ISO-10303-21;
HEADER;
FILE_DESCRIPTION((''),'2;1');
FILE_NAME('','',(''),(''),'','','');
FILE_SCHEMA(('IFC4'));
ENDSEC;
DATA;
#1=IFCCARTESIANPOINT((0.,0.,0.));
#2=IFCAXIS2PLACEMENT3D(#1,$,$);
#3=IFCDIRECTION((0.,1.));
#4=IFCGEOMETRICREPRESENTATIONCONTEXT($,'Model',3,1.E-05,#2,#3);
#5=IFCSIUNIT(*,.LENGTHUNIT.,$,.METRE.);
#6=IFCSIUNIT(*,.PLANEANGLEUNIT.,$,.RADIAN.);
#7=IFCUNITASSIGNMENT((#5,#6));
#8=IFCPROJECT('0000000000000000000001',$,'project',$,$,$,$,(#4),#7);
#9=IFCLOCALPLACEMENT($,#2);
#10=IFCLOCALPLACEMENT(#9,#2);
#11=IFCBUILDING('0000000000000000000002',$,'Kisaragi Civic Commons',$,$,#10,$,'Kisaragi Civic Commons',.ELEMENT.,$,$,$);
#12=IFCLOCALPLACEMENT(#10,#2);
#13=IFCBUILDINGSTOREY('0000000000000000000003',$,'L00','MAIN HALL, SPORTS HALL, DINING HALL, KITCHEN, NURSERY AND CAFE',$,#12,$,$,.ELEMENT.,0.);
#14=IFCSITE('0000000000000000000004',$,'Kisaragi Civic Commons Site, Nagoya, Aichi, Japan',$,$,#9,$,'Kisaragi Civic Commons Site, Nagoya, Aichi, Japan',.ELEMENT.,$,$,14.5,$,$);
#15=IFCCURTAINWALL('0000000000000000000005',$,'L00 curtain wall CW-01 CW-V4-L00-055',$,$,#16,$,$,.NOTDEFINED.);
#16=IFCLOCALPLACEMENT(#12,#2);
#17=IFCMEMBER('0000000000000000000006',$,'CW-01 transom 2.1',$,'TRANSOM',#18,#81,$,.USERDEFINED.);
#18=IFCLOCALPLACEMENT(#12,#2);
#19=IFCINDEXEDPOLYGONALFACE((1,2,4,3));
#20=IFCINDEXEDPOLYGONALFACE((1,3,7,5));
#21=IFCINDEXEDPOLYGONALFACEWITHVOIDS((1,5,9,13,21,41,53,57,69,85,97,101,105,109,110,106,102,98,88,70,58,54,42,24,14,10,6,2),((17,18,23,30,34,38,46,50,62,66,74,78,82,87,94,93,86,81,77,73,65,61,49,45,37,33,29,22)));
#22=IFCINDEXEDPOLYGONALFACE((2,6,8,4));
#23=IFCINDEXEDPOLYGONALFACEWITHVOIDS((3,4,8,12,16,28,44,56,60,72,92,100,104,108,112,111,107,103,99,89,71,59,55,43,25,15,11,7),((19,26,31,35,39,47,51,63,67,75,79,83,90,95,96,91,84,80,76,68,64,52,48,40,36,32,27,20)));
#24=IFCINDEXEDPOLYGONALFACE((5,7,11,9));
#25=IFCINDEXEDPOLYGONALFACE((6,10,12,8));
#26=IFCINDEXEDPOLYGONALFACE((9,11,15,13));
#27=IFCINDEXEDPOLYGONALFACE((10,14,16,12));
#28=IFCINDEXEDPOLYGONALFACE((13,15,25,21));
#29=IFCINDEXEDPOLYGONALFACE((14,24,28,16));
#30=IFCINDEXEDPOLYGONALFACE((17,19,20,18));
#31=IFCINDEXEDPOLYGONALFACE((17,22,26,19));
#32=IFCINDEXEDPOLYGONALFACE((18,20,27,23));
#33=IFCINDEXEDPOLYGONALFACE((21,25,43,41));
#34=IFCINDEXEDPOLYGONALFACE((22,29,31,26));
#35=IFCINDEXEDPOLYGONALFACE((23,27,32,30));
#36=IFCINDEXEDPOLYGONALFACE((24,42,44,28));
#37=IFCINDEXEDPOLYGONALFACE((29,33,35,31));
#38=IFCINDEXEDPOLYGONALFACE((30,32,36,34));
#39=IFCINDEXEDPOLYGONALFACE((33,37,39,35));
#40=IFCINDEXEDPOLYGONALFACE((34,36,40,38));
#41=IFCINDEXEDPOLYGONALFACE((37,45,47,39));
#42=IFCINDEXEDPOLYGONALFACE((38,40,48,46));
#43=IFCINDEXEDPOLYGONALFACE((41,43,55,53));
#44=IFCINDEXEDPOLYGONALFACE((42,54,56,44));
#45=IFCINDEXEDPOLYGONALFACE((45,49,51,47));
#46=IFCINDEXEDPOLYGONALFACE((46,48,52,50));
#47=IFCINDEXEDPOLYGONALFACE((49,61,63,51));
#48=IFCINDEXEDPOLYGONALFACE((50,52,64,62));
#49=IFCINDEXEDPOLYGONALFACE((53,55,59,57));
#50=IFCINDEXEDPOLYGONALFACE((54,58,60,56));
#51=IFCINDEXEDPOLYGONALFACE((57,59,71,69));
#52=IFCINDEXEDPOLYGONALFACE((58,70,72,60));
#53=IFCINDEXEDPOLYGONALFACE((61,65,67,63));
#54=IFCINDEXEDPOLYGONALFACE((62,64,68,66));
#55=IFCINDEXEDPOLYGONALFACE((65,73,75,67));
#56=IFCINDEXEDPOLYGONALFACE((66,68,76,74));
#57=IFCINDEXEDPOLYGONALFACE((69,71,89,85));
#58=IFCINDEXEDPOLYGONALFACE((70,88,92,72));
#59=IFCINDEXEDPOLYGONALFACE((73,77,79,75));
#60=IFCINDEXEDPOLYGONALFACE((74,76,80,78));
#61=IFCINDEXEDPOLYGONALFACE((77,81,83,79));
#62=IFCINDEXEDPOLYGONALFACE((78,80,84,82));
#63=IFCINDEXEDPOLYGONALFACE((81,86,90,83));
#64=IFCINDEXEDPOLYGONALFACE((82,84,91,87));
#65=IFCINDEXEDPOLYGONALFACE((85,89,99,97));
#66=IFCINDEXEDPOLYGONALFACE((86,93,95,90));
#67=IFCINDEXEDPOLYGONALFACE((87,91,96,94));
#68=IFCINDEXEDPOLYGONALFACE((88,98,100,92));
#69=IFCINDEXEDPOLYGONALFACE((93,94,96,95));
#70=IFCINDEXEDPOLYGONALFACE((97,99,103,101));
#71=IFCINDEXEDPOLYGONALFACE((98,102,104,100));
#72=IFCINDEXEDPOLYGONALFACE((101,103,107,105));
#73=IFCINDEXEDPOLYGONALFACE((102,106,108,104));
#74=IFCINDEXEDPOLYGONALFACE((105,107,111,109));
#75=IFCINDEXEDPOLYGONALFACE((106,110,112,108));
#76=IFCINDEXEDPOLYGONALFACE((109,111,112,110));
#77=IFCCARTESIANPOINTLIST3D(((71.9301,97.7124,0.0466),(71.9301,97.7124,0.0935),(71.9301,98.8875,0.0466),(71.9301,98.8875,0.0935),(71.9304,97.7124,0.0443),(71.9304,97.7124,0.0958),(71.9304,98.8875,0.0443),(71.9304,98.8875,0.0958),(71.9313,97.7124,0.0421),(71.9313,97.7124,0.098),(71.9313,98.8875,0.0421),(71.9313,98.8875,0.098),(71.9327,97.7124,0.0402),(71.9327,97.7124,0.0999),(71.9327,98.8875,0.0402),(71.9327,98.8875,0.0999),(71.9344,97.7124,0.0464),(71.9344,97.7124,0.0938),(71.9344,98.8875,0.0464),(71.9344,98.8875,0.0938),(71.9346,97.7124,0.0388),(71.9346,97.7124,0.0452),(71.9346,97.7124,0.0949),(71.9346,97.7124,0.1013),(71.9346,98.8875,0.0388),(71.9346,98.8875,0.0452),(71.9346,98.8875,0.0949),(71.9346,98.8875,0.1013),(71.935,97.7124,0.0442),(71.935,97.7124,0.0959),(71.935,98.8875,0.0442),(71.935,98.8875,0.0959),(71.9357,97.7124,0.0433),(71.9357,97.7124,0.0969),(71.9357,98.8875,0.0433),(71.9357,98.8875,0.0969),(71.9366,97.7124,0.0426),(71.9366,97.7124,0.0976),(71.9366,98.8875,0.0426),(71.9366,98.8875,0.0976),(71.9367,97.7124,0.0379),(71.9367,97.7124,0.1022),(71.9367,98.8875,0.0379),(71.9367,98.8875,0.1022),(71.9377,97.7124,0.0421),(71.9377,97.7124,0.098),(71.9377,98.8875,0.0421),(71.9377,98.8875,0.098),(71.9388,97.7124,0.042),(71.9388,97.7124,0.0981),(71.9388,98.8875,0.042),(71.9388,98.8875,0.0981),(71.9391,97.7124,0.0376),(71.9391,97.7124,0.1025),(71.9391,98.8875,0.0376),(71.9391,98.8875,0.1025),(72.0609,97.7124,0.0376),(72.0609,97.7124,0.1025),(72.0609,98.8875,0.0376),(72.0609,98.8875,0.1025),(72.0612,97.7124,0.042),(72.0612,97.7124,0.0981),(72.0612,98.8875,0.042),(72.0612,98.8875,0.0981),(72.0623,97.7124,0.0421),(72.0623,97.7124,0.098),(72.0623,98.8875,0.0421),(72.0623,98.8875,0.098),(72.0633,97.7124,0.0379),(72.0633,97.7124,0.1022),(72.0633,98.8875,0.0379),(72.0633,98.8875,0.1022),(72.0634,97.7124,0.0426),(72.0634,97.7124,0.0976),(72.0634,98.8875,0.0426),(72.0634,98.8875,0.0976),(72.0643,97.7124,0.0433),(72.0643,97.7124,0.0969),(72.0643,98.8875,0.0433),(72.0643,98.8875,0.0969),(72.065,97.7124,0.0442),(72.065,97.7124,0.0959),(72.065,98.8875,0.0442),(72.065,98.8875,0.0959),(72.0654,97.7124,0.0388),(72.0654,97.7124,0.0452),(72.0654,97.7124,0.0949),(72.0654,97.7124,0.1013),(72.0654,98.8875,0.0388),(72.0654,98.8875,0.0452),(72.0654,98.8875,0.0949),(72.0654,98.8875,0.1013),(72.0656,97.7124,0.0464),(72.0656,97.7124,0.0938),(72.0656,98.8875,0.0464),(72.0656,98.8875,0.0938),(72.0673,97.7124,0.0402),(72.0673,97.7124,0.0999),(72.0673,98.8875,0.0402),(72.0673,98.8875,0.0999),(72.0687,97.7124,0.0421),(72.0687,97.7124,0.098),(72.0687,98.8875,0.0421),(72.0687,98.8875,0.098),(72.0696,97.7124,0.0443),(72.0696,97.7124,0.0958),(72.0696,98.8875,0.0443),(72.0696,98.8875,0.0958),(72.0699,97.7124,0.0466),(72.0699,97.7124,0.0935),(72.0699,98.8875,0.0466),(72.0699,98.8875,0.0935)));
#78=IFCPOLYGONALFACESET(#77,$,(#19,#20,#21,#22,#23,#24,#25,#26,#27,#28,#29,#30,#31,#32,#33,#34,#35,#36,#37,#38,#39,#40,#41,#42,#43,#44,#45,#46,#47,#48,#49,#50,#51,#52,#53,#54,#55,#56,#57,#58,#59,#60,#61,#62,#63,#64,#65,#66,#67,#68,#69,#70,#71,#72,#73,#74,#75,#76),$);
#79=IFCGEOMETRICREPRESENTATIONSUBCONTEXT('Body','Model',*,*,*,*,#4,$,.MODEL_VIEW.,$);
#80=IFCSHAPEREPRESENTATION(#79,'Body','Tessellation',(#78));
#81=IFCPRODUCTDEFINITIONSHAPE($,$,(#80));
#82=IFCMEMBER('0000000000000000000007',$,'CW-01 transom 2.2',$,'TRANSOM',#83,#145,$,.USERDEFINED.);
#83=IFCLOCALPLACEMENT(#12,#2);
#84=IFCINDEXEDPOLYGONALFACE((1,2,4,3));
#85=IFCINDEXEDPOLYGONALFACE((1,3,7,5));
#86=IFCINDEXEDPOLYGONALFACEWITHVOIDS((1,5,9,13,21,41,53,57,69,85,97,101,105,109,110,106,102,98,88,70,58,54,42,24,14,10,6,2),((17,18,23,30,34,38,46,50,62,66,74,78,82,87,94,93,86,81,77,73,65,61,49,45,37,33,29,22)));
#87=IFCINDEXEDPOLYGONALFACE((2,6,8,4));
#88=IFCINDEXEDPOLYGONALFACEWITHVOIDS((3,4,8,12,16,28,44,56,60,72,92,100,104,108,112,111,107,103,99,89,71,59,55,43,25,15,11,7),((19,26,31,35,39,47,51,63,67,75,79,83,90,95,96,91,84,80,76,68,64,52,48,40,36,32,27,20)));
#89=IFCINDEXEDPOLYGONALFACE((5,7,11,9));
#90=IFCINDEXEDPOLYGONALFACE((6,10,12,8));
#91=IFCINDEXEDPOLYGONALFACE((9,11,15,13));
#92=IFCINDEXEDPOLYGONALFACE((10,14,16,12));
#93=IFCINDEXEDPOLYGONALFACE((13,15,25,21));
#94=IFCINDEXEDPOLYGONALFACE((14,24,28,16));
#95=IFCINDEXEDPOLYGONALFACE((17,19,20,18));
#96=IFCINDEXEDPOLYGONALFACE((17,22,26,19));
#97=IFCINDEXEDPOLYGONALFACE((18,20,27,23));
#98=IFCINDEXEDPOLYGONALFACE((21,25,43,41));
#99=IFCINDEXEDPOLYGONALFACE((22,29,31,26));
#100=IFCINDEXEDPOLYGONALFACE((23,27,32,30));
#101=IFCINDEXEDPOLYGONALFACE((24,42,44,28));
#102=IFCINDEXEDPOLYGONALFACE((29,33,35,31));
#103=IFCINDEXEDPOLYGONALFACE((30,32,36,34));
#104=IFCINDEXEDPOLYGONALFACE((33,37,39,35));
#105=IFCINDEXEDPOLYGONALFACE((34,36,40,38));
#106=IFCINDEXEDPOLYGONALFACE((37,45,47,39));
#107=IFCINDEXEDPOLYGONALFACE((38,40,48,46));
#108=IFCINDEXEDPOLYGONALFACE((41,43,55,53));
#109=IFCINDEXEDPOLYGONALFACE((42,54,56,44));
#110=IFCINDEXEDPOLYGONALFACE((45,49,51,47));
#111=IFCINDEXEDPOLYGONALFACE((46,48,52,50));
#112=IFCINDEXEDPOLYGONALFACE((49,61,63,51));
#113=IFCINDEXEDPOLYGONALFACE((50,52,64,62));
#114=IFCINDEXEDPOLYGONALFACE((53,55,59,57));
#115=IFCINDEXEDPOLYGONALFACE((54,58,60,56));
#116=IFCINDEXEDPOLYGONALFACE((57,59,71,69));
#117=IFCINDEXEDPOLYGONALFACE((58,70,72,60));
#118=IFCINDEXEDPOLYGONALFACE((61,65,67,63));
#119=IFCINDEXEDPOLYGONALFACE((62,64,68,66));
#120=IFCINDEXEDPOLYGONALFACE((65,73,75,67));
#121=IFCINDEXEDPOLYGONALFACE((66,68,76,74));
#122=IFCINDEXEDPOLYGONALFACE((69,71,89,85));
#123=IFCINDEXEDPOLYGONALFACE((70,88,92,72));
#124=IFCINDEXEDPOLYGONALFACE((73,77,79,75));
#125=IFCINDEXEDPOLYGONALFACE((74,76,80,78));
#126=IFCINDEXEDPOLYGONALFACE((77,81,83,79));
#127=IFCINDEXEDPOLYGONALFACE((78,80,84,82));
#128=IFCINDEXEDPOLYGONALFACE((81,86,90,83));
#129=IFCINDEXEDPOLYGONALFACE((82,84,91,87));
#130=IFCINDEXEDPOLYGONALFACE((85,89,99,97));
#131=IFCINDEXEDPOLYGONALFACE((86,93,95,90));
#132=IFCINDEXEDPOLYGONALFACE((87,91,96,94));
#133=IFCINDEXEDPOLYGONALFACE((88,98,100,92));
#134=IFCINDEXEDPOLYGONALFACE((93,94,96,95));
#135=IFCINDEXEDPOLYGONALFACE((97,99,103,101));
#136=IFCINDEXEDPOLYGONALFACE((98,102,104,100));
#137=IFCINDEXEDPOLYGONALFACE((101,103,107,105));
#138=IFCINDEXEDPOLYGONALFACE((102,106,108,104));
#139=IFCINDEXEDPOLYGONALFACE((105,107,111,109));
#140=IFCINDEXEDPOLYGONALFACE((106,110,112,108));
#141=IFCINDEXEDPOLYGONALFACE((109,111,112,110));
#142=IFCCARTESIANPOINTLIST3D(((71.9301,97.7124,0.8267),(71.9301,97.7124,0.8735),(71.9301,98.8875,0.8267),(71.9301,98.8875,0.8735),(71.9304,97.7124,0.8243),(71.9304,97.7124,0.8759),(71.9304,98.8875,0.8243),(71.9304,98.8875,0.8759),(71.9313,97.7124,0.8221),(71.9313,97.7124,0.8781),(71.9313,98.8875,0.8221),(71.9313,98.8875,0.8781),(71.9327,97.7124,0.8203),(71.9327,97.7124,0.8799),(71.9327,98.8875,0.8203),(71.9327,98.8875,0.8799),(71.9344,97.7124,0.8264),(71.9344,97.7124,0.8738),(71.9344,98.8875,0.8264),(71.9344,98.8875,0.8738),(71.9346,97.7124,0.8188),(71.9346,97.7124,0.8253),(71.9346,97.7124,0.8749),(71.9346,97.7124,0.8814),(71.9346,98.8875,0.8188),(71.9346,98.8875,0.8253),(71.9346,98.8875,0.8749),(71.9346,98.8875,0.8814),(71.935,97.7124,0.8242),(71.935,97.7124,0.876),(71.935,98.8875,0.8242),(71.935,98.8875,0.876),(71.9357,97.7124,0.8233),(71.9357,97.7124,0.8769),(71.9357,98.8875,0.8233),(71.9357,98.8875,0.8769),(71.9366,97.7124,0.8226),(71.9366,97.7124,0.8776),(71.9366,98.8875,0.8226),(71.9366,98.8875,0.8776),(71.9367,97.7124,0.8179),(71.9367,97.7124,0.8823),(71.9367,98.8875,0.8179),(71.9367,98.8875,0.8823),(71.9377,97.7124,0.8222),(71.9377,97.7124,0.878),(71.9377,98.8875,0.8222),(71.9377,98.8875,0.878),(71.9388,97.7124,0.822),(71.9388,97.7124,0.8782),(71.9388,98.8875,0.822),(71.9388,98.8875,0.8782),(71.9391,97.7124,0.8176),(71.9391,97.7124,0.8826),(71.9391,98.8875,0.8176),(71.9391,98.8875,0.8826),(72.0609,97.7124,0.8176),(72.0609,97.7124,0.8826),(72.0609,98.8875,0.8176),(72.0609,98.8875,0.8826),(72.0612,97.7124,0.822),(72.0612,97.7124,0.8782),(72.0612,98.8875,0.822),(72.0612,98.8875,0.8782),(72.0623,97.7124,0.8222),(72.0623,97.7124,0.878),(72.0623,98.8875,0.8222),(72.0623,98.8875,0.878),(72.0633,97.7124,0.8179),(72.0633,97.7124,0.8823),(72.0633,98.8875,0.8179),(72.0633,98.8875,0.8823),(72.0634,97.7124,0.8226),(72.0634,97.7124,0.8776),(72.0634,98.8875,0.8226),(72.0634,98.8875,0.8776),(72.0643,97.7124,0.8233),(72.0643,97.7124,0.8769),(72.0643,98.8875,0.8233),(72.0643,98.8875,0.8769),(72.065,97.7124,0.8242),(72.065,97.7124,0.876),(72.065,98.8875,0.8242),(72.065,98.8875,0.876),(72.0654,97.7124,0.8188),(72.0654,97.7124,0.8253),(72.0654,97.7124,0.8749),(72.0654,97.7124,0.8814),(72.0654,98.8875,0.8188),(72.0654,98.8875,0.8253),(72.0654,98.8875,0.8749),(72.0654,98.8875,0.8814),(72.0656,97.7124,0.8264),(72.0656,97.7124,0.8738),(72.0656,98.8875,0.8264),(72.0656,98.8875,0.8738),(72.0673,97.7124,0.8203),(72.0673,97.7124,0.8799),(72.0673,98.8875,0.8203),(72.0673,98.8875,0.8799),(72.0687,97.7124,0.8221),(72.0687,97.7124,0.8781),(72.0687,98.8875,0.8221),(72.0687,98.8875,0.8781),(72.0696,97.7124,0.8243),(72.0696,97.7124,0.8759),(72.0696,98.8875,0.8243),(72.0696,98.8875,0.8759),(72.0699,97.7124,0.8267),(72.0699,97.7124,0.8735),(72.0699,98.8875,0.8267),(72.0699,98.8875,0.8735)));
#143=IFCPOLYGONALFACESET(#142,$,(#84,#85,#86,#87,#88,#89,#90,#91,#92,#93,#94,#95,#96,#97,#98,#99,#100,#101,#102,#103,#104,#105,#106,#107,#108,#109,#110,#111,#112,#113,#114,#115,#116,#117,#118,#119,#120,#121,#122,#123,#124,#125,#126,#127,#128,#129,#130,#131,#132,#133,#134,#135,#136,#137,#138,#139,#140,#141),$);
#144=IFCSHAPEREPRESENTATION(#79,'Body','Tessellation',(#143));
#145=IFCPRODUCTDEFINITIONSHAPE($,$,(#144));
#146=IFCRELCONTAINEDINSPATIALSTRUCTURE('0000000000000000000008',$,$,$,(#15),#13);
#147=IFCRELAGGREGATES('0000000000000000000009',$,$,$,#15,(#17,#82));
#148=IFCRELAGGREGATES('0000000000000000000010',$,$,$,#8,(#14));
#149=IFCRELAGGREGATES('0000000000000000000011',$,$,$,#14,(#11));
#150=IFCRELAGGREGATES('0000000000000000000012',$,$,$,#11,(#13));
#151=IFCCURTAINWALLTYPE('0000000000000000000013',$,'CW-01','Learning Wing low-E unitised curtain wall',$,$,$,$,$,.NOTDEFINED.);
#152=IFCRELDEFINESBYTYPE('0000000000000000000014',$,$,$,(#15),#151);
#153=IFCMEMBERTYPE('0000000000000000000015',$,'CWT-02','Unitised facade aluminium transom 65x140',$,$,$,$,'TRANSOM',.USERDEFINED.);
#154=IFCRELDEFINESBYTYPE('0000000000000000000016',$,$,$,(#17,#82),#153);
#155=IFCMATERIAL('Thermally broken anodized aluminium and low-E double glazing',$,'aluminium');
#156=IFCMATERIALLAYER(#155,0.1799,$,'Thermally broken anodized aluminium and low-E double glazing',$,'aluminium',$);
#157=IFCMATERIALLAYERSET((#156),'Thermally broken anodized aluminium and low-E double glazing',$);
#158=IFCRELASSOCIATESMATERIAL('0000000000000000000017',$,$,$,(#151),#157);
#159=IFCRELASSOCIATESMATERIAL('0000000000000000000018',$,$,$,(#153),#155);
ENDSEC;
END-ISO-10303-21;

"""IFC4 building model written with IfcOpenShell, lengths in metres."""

from ifc_helpers import new_model, si_unit, direction, frame, origin, origin_2d, place, context, subcontext, project, spatial, hollow_rectangle, extrude, material, layer, layer_set, material_profile, profile_set, type_object, element, aggregate, save


model = new_model("IFC4")

# Units and contexts
model_context = context("Model", 3, precision=1e-05, world=origin(), true_north=direction((0.0, 1.0)))
body_context = subcontext(model_context, "Body", "Model", "MODEL_VIEW")
ifc_project = project(units=[si_unit("LENGTHUNIT", "METRE"), si_unit("PLANEANGLEUNIT", "RADIAN")], contexts=[model_context])

# Site, building, storey
site_placement = place(None, origin())
site = spatial("IfcSite", under=ifc_project, at=site_placement, Name="Kisaragi Civic Commons Site, Nagoya, Aichi, Japan", LongName="Kisaragi Civic Commons Site, Nagoya, Aichi, Japan", CompositionType="ELEMENT", RefElevation=14.5)
building_placement = place(site_placement, origin())
building = spatial("IfcBuilding", under=site, at=building_placement, Name="Kisaragi Civic Commons", LongName="Kisaragi Civic Commons", CompositionType="ELEMENT")
storey_placement = place(building_placement, origin())
storey = spatial("IfcBuildingStorey", under=building, at=storey_placement, Name="L00", Description="MAIN HALL, SPORTS HALL, DINING HALL, KITCHEN, NURSERY AND CAFE", CompositionType="ELEMENT", Elevation=0.0)

# Curtain wall, members
ifc_material_1 = material(Name="Thermally broken anodized aluminium and low-E double glazing", Category="aluminium")
ifc_layer_1 = layer(ifc_material_1, 0.1799, Name="Thermally broken anodized aluminium and low-E double glazing", Category="aluminium")
ifc_layer_set_1 = layer_set([ifc_layer_1], Name="Thermally broken anodized aluminium and low-E double glazing")
curtain_wall_type = type_object("IfcCurtainWallType", Name="CW-01", Description="Learning Wing low-E unitised curtain wall", PredefinedType="NOTDEFINED", material=ifc_layer_set_1)
curtain_wall_placement = place(storey_placement, origin())
curtain_wall = element("IfcCurtainWall", 1, at=curtain_wall_placement, inside=storey, type_object=curtain_wall_type, Name="L00 curtain wall CW-01 CW-V4-L00-055", PredefinedType="NOTDEFINED")
ifc_material_profile_1 = material_profile(ifc_material_1, hollow_rectangle(XDim=0.1399, YDim=0.0649, WallThickness=0.0044, InnerFilletRadius=0.0044, OuterFilletRadius=0.009, at=origin_2d()), Name="CWT-65x140x4.5", Category="aluminium")
ifc_profile_set_1 = profile_set([ifc_material_profile_1], Name="Thermally broken anodized aluminium and low-E double glazing")
member_type_1 = type_object("IfcMemberType", Name="CWT-02", Description="Unitised facade aluminium transom 65x140", ElementType="TRANSOM", PredefinedType="USERDEFINED", material=ifc_profile_set_1)
member_1_placement = place(storey_placement, frame((72.0, 97.7124, 0.0701), z_axis=(0.0, 1.0, 0.0), x_axis=(-1.0, 0.0, 0.0)))
member_1 = element("IfcMember", 2, at=member_1_placement, type_object=member_type_1, Name="CW-01 transom 2.1", ObjectType="TRANSOM", PredefinedType="USERDEFINED", context=body_context, shape_type="SweptSolid", body=[
    extrude(hollow_rectangle(XDim=0.1399, YDim=0.0649, WallThickness=0.0044, InnerFilletRadius=0.0044, OuterFilletRadius=0.009, at=origin_2d()), origin(), (0.0, 0.0, 1.0), 1.175),
])
member_2_placement = place(storey_placement, frame((72.0, 97.7124, 0.8501), z_axis=(0.0, 1.0, 0.0), x_axis=(-1.0, 0.0, 0.0)))
member_2 = element("IfcMember", 3, at=member_2_placement, type_object=member_type_1, Name="CW-01 transom 2.2", ObjectType="TRANSOM", PredefinedType="USERDEFINED", context=body_context, shape_type="SweptSolid", body=[
    extrude(hollow_rectangle(XDim=0.1399, YDim=0.0649, WallThickness=0.0044, InnerFilletRadius=0.0044, OuterFilletRadius=0.009, at=origin_2d()), origin(), (0.0, 0.0, 1.0), 1.175),
])

aggregate(curtain_wall, [member_1, member_2])

save(model, "model.ifc")
